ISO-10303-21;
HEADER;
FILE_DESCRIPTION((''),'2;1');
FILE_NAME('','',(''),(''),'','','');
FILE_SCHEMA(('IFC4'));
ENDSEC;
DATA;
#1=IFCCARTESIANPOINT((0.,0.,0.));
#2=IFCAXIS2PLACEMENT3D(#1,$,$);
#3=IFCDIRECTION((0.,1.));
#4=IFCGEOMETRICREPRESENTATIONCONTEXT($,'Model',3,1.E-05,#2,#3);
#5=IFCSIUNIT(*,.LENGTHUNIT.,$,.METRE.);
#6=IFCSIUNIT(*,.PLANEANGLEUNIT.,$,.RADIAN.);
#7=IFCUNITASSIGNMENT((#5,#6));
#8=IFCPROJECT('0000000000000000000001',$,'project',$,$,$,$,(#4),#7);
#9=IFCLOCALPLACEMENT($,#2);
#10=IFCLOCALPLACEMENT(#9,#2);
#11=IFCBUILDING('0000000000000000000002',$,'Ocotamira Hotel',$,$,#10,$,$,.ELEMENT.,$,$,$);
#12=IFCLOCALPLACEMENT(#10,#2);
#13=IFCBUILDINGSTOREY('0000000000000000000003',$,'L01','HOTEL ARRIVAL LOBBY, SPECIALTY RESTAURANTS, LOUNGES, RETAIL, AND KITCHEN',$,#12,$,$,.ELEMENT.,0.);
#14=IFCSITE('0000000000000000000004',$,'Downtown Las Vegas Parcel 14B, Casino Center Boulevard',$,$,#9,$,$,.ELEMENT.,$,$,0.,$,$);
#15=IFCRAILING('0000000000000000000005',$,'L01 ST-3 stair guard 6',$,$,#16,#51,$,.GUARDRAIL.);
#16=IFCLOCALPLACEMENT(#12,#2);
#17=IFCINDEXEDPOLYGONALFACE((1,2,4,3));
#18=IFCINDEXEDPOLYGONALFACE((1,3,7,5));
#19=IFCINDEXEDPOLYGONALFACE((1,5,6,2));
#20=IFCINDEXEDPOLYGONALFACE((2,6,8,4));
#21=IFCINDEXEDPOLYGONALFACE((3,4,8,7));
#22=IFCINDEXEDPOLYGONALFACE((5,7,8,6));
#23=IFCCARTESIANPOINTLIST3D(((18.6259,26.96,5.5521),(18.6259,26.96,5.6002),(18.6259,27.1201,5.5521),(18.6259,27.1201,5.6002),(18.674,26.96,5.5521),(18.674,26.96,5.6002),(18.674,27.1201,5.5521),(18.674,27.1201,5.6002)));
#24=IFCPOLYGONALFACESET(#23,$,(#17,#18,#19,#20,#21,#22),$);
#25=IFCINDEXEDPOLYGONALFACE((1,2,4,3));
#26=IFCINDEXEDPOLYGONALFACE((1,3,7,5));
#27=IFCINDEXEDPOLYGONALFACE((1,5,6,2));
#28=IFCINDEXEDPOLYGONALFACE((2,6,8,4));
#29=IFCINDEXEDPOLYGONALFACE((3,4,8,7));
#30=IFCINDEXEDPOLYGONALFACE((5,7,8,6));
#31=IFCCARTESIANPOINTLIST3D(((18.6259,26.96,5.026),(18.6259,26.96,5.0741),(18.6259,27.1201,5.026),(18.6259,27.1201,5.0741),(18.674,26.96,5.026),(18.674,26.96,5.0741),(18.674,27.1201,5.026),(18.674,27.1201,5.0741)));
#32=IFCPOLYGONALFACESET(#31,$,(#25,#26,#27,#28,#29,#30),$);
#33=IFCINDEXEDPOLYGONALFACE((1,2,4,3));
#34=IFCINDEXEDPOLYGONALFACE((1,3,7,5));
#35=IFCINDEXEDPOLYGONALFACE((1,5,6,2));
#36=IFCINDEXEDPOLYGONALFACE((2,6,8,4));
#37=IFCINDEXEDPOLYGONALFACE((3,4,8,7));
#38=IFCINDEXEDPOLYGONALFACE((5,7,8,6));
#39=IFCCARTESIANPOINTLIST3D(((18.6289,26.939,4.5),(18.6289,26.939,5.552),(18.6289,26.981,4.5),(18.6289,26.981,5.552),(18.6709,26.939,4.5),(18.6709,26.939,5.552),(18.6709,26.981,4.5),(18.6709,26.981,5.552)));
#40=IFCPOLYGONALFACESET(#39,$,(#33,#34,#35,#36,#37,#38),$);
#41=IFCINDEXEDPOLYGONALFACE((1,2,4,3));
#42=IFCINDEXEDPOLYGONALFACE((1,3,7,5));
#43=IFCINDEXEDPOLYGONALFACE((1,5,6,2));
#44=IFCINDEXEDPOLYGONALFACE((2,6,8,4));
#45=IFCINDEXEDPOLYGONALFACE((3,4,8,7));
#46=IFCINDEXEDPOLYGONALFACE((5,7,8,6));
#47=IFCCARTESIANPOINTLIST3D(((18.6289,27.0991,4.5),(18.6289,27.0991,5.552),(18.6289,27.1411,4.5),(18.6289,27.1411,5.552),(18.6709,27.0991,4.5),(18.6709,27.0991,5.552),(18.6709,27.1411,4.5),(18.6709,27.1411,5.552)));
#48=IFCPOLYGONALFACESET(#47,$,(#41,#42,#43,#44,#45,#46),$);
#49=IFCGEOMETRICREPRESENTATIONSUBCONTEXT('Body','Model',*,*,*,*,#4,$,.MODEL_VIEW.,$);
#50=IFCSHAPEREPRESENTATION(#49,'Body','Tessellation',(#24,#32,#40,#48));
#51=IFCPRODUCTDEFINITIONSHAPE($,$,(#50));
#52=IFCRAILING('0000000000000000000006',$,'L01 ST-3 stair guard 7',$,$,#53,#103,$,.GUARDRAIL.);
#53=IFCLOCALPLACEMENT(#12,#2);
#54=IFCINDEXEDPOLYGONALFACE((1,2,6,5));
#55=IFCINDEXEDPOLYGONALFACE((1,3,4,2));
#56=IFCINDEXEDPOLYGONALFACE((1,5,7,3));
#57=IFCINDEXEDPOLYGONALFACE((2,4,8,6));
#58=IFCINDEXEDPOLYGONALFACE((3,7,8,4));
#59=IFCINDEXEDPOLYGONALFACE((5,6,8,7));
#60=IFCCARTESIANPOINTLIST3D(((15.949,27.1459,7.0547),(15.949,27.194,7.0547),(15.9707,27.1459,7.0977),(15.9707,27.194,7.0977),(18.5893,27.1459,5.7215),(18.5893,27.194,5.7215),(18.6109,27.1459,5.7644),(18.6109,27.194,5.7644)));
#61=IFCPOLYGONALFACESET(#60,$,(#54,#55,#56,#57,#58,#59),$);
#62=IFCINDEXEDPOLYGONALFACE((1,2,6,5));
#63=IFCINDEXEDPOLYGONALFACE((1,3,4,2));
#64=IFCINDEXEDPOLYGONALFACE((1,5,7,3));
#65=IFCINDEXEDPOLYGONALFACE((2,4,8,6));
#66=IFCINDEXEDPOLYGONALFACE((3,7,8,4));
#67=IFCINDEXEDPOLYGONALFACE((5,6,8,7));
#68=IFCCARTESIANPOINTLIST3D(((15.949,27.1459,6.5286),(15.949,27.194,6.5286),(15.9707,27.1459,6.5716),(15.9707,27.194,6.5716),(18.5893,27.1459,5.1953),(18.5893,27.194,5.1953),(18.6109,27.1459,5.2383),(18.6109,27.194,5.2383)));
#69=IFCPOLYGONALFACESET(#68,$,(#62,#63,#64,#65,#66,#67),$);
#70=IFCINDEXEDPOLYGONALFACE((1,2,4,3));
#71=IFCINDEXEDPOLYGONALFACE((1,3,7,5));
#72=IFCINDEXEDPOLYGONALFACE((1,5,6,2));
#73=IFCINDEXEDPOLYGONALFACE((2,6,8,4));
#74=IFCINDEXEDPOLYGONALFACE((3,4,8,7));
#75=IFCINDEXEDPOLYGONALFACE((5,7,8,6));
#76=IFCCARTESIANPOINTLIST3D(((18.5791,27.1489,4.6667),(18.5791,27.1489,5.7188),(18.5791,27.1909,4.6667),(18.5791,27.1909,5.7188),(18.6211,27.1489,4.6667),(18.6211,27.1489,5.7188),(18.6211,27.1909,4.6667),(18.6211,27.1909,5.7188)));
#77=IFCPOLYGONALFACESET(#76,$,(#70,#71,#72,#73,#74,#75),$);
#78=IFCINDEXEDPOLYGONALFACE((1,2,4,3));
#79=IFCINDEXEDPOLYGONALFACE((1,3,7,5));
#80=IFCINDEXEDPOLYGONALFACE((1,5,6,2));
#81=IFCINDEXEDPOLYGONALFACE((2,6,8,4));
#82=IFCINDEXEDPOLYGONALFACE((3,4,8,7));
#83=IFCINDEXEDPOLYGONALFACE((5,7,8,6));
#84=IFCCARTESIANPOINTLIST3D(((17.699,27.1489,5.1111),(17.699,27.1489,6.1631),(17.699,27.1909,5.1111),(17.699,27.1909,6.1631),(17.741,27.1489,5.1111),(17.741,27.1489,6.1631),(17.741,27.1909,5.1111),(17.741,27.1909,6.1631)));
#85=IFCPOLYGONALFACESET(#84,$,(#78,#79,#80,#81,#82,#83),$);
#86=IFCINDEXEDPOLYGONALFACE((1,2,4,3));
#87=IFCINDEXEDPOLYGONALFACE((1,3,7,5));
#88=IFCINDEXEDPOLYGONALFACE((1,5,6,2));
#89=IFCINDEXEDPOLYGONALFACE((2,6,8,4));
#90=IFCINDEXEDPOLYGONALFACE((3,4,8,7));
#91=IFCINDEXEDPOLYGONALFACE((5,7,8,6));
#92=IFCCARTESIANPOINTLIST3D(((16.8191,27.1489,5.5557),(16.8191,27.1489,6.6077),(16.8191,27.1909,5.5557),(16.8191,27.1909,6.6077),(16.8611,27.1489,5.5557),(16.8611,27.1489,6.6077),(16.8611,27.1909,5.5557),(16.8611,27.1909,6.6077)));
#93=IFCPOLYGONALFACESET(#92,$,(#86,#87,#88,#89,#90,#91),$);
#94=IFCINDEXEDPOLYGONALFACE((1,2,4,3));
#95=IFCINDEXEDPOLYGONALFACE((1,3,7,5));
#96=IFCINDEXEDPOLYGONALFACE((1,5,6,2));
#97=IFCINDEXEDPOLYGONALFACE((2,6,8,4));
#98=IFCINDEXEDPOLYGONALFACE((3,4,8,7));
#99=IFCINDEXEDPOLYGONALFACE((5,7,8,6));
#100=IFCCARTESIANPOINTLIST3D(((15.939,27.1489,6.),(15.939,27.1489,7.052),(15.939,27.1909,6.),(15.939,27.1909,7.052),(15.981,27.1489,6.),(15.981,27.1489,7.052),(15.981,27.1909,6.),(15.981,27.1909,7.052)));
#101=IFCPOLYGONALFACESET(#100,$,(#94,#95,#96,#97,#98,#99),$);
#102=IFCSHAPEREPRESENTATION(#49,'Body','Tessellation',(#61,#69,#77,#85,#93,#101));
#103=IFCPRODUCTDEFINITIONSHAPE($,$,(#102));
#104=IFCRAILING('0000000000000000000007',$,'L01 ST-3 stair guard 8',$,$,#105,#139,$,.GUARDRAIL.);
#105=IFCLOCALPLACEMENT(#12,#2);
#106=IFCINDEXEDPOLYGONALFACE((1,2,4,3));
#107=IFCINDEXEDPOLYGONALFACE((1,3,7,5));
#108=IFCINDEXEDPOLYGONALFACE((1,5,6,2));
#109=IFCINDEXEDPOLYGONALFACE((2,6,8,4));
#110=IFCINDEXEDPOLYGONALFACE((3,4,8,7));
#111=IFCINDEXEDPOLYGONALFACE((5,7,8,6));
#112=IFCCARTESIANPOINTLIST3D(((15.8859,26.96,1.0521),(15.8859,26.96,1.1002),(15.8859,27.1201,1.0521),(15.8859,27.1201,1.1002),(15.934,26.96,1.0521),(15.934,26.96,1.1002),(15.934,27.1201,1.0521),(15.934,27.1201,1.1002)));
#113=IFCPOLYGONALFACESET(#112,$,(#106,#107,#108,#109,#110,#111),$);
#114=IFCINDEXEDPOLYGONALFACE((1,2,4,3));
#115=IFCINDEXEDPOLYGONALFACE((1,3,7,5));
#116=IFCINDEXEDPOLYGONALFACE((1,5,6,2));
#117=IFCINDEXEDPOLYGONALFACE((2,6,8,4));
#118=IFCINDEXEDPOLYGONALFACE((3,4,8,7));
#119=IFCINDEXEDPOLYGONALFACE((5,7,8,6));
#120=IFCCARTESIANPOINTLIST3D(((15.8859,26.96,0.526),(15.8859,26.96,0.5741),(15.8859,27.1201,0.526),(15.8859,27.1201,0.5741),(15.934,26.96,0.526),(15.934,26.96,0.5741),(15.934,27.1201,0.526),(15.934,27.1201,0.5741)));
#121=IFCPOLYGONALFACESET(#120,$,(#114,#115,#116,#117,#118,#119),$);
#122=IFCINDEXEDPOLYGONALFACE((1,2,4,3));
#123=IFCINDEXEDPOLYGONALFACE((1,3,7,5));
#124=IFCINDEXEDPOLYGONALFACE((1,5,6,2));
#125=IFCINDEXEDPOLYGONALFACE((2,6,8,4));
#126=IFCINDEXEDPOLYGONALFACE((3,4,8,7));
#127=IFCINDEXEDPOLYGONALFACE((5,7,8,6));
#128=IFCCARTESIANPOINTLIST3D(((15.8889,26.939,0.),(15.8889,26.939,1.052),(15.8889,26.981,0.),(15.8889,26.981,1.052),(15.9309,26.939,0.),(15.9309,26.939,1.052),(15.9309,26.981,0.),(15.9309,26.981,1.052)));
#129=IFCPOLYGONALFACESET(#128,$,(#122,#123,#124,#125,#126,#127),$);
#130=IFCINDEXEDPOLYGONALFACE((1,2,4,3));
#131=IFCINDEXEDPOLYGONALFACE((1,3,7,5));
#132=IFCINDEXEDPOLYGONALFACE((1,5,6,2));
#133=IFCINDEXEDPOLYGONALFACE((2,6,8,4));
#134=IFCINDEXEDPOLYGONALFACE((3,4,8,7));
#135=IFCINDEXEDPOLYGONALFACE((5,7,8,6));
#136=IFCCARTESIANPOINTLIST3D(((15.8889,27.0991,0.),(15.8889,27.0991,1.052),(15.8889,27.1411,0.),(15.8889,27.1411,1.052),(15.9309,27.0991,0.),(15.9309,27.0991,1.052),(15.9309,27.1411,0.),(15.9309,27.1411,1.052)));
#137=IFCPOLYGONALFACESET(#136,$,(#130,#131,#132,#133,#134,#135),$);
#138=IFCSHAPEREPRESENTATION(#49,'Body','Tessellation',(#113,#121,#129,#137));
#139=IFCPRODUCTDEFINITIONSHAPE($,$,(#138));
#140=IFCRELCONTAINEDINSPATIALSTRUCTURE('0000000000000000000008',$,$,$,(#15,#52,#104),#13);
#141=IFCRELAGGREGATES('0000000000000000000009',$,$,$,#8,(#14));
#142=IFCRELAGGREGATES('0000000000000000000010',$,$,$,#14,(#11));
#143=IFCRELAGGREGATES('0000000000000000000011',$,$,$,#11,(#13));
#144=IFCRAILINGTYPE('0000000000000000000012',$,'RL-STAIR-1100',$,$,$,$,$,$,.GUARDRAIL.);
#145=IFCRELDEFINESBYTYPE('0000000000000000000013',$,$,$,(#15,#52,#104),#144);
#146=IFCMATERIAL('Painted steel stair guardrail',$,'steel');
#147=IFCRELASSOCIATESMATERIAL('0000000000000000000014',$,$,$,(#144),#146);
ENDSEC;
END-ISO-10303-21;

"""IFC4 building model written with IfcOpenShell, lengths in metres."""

from ifc_helpers import new_model, si_unit, direction, frame, origin, origin_2d, place, context, subcontext, project, spatial, rectangle, extrude, material, type_object, element, save


model = new_model("IFC4")

# Units and contexts
model_context = context("Model", 3, precision=1e-05, world=origin(), true_north=direction((0.0, 1.0)))
body_context = subcontext(model_context, "Body", "Model", "MODEL_VIEW")
ifc_project = project(units=[si_unit("LENGTHUNIT", "METRE"), si_unit("PLANEANGLEUNIT", "RADIAN")], contexts=[model_context])

# Site, building, storey
site_placement = place(None, origin())
site = spatial("IfcSite", under=ifc_project, at=site_placement, Name="Downtown Las Vegas Parcel 14B, Casino Center Boulevard", CompositionType="ELEMENT", RefElevation=0.0)
building_placement = place(site_placement, origin())
building = spatial("IfcBuilding", under=site, at=building_placement, Name="Ocotamira Hotel", CompositionType="ELEMENT")
storey_placement = place(building_placement, origin())
storey = spatial("IfcBuildingStorey", under=building, at=storey_placement, Name="L01", Description="HOTEL ARRIVAL LOBBY, SPECIALTY RESTAURANTS, LOUNGES, RETAIL, AND KITCHEN", CompositionType="ELEMENT", Elevation=0.0)

# Railings
ifc_material_1 = material(Name="Painted steel stair guardrail", Category="steel")
railing_type_1 = type_object("IfcRailingType", Name="RL-STAIR-1100", PredefinedType="GUARDRAIL", material=ifc_material_1)
for number, where, name in (
    (1, (18.6499, 26.96, 4.5), "L01 ST-3 stair guard 6"),
):
    element("IfcRailing", number, at=place(storey_placement, frame(where)), inside=storey, type_object=railing_type_1, Name=name, PredefinedType="GUARDRAIL", context=body_context, shape_type="SweptSolid", body=[
        extrude(rectangle(XDim=0.0481, YDim=0.0481, at=origin_2d()), frame((0.0, 0.0, 1.0762), z_axis=(0.0, 1.0, 0.0), x_axis=(-1.0, 0.0, 0.0)), (0.0, 0.0, 1.0), 0.1602),
        extrude(rectangle(XDim=0.0481, YDim=0.0481, at=origin_2d()), frame((0.0, 0.0, 0.55), z_axis=(0.0, 1.0, 0.0), x_axis=(-1.0, 0.0, 0.0)), (0.0, 0.0, 1.0), 0.1602),
        extrude(rectangle(XDim=0.042, YDim=0.042, at=origin_2d()), origin(), (0.0, 0.0, 1.0), 1.052),
        extrude(rectangle(XDim=0.042, YDim=0.042, at=origin_2d()), frame((0.0, 0.1602, 0.0)), (0.0, 0.0, 1.0), 1.052),
    ])
railing_1_placement = place(storey_placement, frame((18.6001, 27.1699, 4.6667)))
element("IfcRailing", 2, at=railing_1_placement, inside=storey, type_object=railing_type_1, Name="L01 ST-3 stair guard 7", PredefinedType="GUARDRAIL", context=body_context, shape_type="SweptSolid", body=[
    extrude(rectangle(XDim=0.0481, YDim=0.0481, at=origin_2d()), frame((0.0, 0.0, 1.0762), z_axis=(-0.892637, 0.0, 0.450776), x_axis=(0.0, -1.0, 0.0)), (0.0, 0.0, 1.0), 2.9578),
    extrude(rectangle(XDim=0.0481, YDim=0.0481, at=origin_2d()), frame((0.0, 0.0, 0.55), z_axis=(-0.892637, 0.0, 0.450776), x_axis=(0.0, -1.0, 0.0)), (0.0, 0.0, 1.0), 2.9578),
    extrude(rectangle(XDim=0.042, YDim=0.042, at=origin_2d()), origin(), (0.0, 0.0, 1.0), 1.052),
    extrude(rectangle(XDim=0.042, YDim=0.042, at=origin_2d()), frame((-0.8801, 0.0, 0.4443)), (0.0, 0.0, 1.0), 1.052),
    extrude(rectangle(XDim=0.042, YDim=0.042, at=origin_2d()), frame((-1.76, 0.0, 0.8889)), (0.0, 0.0, 1.0), 1.052),
    extrude(rectangle(XDim=0.042, YDim=0.042, at=origin_2d()), frame((-2.6401, 0.0, 1.3333)), (0.0, 0.0, 1.0), 1.052),
])
railing_2_placement = place(storey_placement, frame((15.9099, 26.96, 0.0)))
element("IfcRailing", 3, at=railing_2_placement, inside=storey, type_object=railing_type_1, Name="L01 ST-3 stair guard 8", PredefinedType="GUARDRAIL", context=body_context, shape_type="SweptSolid", body=[
    extrude(rectangle(XDim=0.0481, YDim=0.0481, at=origin_2d()), frame((0.0, 0.0, 1.0762), z_axis=(0.0, 1.0, 0.0), x_axis=(-1.0, 0.0, 0.0)), (0.0, 0.0, 1.0), 0.1602),
    extrude(rectangle(XDim=0.0481, YDim=0.0481, at=origin_2d()), frame((0.0, 0.0, 0.55), z_axis=(0.0, 1.0, 0.0), x_axis=(-1.0, 0.0, 0.0)), (0.0, 0.0, 1.0), 0.1602),
    extrude(rectangle(XDim=0.042, YDim=0.042, at=origin_2d()), origin(), (0.0, 0.0, 1.0), 1.052),
    extrude(rectangle(XDim=0.042, YDim=0.042, at=origin_2d()), frame((0.0, 0.1602, 0.0)), (0.0, 0.0, 1.0), 1.052),
])

save(model, "model.ifc")
